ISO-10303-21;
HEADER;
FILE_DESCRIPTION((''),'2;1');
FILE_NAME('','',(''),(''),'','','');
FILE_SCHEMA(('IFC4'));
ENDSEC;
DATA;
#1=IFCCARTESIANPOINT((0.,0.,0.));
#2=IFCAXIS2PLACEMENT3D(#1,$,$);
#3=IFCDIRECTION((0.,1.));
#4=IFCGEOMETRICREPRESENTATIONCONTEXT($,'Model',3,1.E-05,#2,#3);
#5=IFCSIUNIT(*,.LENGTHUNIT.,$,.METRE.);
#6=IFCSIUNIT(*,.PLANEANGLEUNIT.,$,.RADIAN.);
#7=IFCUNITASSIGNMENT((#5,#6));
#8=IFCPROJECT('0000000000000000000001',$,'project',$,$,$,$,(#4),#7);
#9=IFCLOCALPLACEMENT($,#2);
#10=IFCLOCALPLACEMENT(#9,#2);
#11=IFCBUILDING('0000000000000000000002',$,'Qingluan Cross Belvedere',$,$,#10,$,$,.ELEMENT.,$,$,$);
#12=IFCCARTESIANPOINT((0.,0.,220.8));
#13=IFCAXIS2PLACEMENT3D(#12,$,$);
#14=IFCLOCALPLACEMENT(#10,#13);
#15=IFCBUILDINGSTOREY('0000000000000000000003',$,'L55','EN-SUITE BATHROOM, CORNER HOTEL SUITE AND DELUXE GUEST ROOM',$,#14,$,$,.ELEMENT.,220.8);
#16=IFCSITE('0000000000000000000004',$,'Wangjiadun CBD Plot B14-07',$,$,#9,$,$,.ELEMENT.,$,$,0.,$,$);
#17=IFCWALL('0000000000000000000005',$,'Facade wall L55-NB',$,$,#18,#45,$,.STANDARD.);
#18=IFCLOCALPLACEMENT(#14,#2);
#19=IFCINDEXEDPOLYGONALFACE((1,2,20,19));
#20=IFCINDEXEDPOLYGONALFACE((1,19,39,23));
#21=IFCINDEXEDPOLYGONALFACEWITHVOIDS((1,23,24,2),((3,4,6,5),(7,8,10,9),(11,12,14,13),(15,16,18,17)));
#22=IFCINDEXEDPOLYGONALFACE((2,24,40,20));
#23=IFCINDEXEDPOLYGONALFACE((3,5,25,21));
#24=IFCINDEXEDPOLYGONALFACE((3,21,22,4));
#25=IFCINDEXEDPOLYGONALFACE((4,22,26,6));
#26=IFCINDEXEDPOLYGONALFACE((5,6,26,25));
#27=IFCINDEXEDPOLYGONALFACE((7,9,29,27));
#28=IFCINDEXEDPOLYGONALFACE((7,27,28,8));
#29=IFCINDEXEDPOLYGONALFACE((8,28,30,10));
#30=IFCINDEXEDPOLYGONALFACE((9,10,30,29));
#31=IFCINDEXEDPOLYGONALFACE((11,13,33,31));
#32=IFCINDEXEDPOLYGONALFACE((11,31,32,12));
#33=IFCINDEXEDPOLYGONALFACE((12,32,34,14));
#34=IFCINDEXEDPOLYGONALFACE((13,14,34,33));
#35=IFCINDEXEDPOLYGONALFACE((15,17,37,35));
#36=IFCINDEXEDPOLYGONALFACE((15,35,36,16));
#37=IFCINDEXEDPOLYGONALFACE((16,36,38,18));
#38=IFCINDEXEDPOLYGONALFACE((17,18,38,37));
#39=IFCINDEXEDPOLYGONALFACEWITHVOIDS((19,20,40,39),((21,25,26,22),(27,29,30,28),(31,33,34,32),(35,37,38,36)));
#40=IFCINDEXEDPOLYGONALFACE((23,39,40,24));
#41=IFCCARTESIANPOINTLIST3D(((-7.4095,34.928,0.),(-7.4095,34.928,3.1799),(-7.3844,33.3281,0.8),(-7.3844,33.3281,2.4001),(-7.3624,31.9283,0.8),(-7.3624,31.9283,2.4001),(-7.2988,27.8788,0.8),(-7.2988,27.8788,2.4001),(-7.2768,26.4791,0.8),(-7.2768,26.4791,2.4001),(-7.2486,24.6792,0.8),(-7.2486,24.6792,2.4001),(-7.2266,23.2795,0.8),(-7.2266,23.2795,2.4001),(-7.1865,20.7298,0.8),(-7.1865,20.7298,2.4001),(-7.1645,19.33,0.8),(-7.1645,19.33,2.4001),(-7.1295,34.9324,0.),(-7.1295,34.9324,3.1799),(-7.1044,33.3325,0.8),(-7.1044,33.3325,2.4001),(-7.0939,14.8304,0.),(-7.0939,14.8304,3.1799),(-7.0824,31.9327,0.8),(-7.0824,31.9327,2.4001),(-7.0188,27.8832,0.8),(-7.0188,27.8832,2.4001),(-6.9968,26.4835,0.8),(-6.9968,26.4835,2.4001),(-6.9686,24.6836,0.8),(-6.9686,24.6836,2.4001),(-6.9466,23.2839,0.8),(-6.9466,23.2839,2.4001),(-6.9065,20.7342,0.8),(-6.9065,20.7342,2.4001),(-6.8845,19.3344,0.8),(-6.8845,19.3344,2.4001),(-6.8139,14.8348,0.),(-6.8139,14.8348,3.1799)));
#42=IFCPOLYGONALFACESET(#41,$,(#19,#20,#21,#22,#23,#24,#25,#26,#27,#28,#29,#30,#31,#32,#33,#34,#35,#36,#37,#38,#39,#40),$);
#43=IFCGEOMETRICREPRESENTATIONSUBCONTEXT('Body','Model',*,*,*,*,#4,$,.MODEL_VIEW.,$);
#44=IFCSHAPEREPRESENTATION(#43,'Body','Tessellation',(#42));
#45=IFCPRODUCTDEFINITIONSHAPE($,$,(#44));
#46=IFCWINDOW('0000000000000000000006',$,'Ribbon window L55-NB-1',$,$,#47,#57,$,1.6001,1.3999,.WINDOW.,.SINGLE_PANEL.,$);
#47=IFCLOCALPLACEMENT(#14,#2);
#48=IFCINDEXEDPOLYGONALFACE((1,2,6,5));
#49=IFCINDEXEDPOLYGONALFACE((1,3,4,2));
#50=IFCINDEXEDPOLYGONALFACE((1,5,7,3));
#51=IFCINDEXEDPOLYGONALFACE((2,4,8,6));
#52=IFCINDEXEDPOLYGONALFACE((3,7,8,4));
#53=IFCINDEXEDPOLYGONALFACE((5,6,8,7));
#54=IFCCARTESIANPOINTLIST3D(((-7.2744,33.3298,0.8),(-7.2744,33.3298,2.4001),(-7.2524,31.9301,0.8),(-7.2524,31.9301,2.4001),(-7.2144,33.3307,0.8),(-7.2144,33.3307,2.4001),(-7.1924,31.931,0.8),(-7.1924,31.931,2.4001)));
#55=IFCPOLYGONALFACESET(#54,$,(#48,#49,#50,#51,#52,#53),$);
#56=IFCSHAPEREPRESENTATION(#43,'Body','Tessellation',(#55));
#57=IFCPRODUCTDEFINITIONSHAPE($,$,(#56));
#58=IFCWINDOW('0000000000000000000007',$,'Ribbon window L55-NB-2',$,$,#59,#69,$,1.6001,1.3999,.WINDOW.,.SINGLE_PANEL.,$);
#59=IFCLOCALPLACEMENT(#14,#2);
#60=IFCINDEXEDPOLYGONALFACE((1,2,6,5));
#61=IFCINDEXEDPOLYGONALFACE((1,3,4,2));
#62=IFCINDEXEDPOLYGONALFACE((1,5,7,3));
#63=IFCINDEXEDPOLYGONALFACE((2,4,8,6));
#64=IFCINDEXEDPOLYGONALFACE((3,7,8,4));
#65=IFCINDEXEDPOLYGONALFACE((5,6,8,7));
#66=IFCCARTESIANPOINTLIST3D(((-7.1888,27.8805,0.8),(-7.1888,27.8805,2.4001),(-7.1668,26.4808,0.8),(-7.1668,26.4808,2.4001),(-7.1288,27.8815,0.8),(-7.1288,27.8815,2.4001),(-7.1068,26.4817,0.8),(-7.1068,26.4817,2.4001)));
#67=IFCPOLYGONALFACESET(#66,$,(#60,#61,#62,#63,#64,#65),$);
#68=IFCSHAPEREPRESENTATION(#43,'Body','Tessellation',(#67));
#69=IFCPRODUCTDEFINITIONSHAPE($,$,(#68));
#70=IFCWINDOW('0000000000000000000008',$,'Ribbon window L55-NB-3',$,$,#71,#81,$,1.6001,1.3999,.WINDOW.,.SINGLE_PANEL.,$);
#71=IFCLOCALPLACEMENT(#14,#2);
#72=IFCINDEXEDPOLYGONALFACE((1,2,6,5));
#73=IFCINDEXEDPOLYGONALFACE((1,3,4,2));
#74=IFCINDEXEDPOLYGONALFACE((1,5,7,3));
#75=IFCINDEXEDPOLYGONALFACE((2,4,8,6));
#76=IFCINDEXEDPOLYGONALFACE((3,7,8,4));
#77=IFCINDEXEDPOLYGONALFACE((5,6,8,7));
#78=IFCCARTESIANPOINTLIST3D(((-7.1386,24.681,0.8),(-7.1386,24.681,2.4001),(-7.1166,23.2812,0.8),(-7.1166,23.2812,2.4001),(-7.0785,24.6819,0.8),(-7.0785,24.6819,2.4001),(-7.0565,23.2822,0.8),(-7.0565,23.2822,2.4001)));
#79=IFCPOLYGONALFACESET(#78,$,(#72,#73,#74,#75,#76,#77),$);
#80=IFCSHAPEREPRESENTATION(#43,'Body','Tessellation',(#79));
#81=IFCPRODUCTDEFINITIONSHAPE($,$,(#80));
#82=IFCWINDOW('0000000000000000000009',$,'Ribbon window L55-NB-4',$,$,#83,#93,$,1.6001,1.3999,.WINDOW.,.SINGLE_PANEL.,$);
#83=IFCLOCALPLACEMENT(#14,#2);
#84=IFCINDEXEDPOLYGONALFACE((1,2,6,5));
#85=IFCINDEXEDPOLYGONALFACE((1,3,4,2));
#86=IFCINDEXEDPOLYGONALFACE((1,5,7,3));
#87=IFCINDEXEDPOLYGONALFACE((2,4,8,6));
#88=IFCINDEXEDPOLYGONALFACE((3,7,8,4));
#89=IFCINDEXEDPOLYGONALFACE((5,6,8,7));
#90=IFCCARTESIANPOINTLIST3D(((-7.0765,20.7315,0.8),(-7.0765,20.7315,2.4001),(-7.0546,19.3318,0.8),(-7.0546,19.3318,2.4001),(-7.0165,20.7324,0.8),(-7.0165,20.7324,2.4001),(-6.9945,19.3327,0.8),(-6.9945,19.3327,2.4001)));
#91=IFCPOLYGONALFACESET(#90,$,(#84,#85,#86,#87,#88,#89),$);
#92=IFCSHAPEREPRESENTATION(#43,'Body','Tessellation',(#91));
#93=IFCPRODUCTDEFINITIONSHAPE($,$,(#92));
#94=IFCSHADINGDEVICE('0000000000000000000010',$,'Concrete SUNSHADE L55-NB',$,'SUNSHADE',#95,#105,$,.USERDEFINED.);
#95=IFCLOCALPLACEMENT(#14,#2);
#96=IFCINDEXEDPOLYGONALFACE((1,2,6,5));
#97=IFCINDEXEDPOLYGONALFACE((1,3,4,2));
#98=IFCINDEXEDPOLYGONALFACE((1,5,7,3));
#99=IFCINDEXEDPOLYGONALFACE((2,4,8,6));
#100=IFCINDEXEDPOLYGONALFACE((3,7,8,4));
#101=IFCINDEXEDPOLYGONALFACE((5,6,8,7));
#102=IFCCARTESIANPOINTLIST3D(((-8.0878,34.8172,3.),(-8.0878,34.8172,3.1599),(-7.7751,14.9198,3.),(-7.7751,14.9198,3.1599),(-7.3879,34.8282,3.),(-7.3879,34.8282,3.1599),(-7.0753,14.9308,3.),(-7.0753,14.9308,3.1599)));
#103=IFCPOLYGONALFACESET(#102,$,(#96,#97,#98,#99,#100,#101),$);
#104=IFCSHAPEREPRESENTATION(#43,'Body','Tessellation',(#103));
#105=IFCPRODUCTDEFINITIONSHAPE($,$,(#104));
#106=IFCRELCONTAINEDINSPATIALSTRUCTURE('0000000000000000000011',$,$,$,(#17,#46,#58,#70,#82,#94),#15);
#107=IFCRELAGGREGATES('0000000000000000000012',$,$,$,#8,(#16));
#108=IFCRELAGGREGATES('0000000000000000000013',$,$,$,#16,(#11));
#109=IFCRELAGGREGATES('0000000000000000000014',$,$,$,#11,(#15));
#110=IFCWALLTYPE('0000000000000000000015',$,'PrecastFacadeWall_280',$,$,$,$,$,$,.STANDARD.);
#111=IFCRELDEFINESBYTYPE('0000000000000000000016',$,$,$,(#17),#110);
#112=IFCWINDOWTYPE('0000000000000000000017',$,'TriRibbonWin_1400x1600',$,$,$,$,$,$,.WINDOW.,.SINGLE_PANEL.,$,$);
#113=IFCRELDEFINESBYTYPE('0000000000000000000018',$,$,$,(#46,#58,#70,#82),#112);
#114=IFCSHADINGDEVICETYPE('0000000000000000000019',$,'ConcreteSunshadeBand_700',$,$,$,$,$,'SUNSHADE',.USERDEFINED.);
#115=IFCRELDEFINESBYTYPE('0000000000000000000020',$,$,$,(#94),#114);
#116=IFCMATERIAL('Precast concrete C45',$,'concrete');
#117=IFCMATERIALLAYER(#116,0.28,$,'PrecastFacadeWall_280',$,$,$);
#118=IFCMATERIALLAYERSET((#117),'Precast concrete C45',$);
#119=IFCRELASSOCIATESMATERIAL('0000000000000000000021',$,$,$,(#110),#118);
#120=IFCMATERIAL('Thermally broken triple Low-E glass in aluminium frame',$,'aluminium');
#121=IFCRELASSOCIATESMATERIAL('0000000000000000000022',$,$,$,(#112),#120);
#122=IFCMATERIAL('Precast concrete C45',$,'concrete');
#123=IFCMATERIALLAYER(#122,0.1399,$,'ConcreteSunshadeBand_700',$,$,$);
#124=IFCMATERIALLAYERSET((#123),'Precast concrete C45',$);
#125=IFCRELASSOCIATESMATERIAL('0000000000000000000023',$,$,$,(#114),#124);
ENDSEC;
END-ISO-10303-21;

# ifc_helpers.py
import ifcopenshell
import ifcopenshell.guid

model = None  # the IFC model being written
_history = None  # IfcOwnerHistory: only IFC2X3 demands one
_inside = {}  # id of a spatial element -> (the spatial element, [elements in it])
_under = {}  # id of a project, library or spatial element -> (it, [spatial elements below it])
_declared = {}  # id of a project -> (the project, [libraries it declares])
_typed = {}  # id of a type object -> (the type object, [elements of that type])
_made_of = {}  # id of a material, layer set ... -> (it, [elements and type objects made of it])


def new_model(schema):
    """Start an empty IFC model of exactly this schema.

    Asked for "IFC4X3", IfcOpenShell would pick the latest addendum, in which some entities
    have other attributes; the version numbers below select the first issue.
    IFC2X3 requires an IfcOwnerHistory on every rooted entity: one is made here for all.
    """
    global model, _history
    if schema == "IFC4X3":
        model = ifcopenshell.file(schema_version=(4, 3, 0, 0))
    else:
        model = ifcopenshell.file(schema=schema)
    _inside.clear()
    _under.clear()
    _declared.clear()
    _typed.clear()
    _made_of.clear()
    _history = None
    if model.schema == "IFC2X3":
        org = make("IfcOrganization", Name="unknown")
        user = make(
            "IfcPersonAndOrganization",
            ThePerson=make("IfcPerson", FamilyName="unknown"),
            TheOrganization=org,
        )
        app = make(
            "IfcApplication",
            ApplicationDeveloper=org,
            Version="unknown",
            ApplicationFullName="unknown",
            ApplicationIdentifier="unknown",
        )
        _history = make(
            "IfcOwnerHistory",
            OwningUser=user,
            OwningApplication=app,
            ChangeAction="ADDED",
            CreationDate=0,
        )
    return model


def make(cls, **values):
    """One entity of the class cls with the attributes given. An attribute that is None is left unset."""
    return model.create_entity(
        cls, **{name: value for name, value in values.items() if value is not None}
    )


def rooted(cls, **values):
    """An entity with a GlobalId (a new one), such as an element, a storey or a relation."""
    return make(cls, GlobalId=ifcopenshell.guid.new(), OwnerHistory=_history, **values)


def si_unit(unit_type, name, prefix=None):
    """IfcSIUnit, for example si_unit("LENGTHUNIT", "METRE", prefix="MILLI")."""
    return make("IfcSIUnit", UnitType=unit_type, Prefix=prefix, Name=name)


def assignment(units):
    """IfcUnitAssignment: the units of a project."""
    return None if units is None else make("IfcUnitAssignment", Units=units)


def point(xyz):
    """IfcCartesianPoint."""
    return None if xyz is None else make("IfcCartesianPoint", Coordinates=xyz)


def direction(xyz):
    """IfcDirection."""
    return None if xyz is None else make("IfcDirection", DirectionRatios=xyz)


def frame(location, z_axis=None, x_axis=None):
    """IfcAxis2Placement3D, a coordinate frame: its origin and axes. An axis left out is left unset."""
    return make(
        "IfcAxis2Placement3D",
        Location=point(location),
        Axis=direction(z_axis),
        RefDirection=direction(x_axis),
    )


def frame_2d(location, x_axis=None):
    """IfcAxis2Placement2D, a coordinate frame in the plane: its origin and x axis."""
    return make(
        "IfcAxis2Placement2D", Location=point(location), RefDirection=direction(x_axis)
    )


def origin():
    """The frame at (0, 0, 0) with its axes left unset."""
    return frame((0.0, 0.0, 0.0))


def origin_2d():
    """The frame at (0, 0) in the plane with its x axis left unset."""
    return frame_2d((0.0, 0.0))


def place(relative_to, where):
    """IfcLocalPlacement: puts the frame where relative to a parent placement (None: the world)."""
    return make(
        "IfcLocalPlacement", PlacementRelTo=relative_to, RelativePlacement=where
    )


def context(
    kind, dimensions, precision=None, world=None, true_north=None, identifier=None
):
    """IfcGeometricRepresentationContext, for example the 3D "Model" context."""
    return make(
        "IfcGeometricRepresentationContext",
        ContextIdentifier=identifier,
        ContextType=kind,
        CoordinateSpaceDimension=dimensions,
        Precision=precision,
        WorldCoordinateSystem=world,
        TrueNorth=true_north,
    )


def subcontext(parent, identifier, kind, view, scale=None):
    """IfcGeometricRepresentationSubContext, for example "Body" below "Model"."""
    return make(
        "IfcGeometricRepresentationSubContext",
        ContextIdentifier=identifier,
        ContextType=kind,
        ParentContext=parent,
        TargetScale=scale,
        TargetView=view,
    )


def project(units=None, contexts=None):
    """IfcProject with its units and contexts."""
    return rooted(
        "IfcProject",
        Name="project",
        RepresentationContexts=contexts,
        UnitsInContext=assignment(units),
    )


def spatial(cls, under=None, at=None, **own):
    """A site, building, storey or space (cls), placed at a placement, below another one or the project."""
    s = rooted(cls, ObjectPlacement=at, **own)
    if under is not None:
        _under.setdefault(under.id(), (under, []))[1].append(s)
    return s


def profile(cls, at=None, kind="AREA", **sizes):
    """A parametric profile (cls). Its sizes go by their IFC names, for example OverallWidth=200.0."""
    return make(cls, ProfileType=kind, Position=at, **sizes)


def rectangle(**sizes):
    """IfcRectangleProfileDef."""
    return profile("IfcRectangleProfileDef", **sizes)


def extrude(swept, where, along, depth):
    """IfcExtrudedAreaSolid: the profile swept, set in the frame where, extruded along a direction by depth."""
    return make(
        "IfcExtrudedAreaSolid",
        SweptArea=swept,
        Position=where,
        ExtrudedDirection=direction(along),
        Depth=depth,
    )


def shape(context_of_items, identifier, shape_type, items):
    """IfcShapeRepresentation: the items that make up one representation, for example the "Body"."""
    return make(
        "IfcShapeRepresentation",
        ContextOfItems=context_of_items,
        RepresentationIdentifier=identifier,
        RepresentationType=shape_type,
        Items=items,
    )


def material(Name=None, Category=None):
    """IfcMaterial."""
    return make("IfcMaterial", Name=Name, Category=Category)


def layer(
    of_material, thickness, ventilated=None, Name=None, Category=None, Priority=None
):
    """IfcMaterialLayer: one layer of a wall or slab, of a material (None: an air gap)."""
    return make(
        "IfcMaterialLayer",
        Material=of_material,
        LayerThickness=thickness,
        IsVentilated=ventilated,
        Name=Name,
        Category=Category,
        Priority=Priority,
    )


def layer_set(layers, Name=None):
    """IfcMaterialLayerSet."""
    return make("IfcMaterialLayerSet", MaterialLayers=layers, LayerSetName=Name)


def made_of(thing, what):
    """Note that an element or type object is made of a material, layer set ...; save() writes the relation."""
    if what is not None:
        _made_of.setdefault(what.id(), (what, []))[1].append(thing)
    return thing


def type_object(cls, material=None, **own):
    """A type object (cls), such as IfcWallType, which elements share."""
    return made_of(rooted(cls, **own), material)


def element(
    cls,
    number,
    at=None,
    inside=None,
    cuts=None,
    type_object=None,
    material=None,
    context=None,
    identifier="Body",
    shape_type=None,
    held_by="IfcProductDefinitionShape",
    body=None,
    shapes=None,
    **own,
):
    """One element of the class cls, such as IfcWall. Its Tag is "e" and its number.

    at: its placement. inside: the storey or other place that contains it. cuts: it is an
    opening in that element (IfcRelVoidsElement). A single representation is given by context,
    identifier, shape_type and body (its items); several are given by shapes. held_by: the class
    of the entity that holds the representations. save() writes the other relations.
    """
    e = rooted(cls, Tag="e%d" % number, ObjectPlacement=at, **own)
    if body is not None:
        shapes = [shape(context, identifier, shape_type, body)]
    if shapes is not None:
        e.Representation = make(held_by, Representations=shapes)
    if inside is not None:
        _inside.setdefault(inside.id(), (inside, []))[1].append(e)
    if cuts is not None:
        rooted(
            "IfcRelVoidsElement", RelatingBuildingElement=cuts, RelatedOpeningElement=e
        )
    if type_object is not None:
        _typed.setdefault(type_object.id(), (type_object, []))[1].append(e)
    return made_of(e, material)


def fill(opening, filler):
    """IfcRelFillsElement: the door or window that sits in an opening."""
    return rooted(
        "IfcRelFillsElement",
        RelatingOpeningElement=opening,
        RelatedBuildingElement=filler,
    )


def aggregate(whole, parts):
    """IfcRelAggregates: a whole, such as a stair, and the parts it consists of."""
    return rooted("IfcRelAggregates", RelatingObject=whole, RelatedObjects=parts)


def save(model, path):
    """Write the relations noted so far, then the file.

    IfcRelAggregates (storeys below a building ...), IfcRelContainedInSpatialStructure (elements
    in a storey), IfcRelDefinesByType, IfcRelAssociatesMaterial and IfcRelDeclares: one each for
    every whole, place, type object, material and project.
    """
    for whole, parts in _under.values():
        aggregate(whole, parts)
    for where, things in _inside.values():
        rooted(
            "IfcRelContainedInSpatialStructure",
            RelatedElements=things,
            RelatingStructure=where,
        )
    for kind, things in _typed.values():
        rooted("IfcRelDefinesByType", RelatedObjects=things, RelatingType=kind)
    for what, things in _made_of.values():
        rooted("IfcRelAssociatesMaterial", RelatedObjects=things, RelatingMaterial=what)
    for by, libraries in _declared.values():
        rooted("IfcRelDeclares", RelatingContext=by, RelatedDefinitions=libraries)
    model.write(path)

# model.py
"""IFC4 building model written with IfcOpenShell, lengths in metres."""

from ifc_helpers import new_model, si_unit, direction, frame, frame_2d, origin, origin_2d, place, context, subcontext, project, spatial, rectangle, extrude, material, layer, layer_set, type_object, element, fill, save


model = new_model("IFC4")

# Units and contexts
model_context = context("Model", 3, precision=1e-05, world=origin(), true_north=direction((0.0, 1.0)))
body_context = subcontext(model_context, "Body", "Model", "MODEL_VIEW")
ifc_project = project(units=[si_unit("LENGTHUNIT", "METRE"), si_unit("PLANEANGLEUNIT", "RADIAN")], contexts=[model_context])

# Site, building, storey
site_placement = place(None, origin())
site = spatial("IfcSite", under=ifc_project, at=site_placement, Name="Wangjiadun CBD Plot B14-07", CompositionType="ELEMENT", RefElevation=0.0)
building_placement = place(site_placement, origin())
building = spatial("IfcBuilding", under=site, at=building_placement, Name="Qingluan Cross Belvedere", CompositionType="ELEMENT")
storey_placement = place(building_placement, frame((0.0, 0.0, 220.8)))
storey = spatial("IfcBuildingStorey", under=building, at=storey_placement, Name="L55", Description="EN-SUITE BATHROOM, CORNER HOTEL SUITE AND DELUXE GUEST ROOM", CompositionType="ELEMENT", Elevation=220.8)

# Wall, openings, windows
ifc_material_1 = material(Name="Precast concrete C45", Category="concrete")
ifc_layer_1 = layer(ifc_material_1, 0.28, Name="PrecastFacadeWall_280")
ifc_layer_set_1 = layer_set([ifc_layer_1], Name="Precast concrete C45")
wall_type_1 = type_object("IfcWallType", Name="PrecastFacadeWall_280", PredefinedType="STANDARD", material=ifc_layer_set_1)
wall_1_placement = place(storey_placement, frame((-7.2695, 34.9302, 0.0), z_axis=(0.0, 0.0, 1.0), x_axis=(0.015705, -0.999877, 0.0)))
wall_1 = element("IfcWall", 1, at=wall_1_placement, inside=storey, type_object=wall_type_1, Name="Facade wall L55-NB", PredefinedType="STANDARD", context=body_context, shape_type="SweptSolid", body=[
    extrude(rectangle(XDim=20.1001, YDim=0.28, at=frame_2d((10.05, 0.0))), origin(), (0.0, 0.0, 1.0), 3.1799),
])
opening_1_placement = place(wall_1_placement, frame((1.6001, 0.0, 0.8)))
opening_1 = element("IfcOpeningElement", 2, at=opening_1_placement, cuts=wall_1, PredefinedType="OPENING", context=body_context, shape_type="SweptSolid", body=[
    extrude(rectangle(XDim=1.3999, YDim=1.6001, at=frame_2d((0.7, 0.8))), frame((0.0, 0.1499, 0.0), z_axis=(0.0, -1.0, 0.0), x_axis=(1.0, 0.0, 0.0)), (0.0, 0.0, 1.0), 0.3),
])
opening_2_placement = place(wall_1_placement, frame((7.05, 0.0, 0.8)))
opening_2 = element("IfcOpeningElement", 3, at=opening_2_placement, cuts=wall_1, PredefinedType="OPENING", context=body_context, shape_type="SweptSolid", body=[
    extrude(rectangle(XDim=1.3999, YDim=1.6001, at=frame_2d((0.7, 0.8))), frame((0.0, 0.1499, 0.0), z_axis=(0.0, -1.0, 0.0), x_axis=(1.0, 0.0, 0.0)), (0.0, 0.0, 1.0), 0.3),
])
opening_3_placement = place(wall_1_placement, frame((10.25, 0.0, 0.8)))
opening_3 = element("IfcOpeningElement", 4, at=opening_3_placement, cuts=wall_1, PredefinedType="OPENING", context=body_context, shape_type="SweptSolid", body=[
    extrude(rectangle(XDim=1.3999, YDim=1.6001, at=frame_2d((0.7, 0.8))), frame((0.0, 0.1499, 0.0), z_axis=(0.0, -1.0, 0.0), x_axis=(1.0, 0.0, 0.0)), (0.0, 0.0, 1.0), 0.3),
])
opening_4_placement = place(wall_1_placement, frame((14.2, 0.0, 0.8)))
opening_4 = element("IfcOpeningElement", 5, at=opening_4_placement, cuts=wall_1, PredefinedType="OPENING", context=body_context, shape_type="SweptSolid", body=[
    extrude(rectangle(XDim=1.3999, YDim=1.6001, at=frame_2d((0.7, 0.8))), frame((0.0, 0.1499, 0.0), z_axis=(0.0, -1.0, 0.0), x_axis=(1.0, 0.0, 0.0)), (0.0, 0.0, 1.0), 0.3),
])
ifc_material_2 = material(Name="Thermally broken triple Low-E glass in aluminium frame", Category="aluminium")
window_type = type_object("IfcWindowType", Name="TriRibbonWin_1400x1600", PartitioningType="SINGLE_PANEL", PredefinedType="WINDOW", material=ifc_material_2)
window_1_placement = place(opening_1_placement, origin())
window_1 = element("IfcWindow", 6, at=window_1_placement, inside=storey, type_object=window_type, Name="Ribbon window L55-NB-1", OverallHeight=1.6001, OverallWidth=1.3999, PartitioningType="SINGLE_PANEL", PredefinedType="WINDOW", context=body_context, shape_type="SweptSolid", body=[
    extrude(rectangle(XDim=1.3999, YDim=1.6001, at=frame_2d((0.7, 0.8))), frame((0.0, 0.03, 0.0), z_axis=(0.0, -1.0, 0.0), x_axis=(1.0, 0.0, 0.0)), (0.0, 0.0, 1.0), 0.0601),
])
fill(opening_1, window_1)
window_2_placement = place(opening_2_placement, origin())
window_2 = element("IfcWindow", 7, at=window_2_placement, inside=storey, type_object=window_type, Name="Ribbon window L55-NB-2", OverallHeight=1.6001, OverallWidth=1.3999, PartitioningType="SINGLE_PANEL", PredefinedType="WINDOW", context=body_context, shape_type="SweptSolid", body=[
    extrude(rectangle(XDim=1.3999, YDim=1.6001, at=frame_2d((0.7, 0.8))), frame((0.0, 0.03, 0.0), z_axis=(0.0, -1.0, 0.0), x_axis=(1.0, 0.0, 0.0)), (0.0, 0.0, 1.0), 0.0601),
])
fill(opening_2, window_2)
window_3_placement = place(opening_3_placement, origin())
window_3 = element("IfcWindow", 8, at=window_3_placement, inside=storey, type_object=window_type, Name="Ribbon window L55-NB-3", OverallHeight=1.6001, OverallWidth=1.3999, PartitioningType="SINGLE_PANEL", PredefinedType="WINDOW", context=body_context, shape_type="SweptSolid", body=[
    extrude(rectangle(XDim=1.3999, YDim=1.6001, at=frame_2d((0.7, 0.8))), frame((0.0, 0.03, 0.0), z_axis=(0.0, -1.0, 0.0), x_axis=(1.0, 0.0, 0.0)), (0.0, 0.0, 1.0), 0.0601),
])
fill(opening_3, window_3)
window_4_placement = place(opening_4_placement, origin())
window_4 = element("IfcWindow", 9, at=window_4_placement, inside=storey, type_object=window_type, Name="Ribbon window L55-NB-4", OverallHeight=1.6001, OverallWidth=1.3999, PartitioningType="SINGLE_PANEL", PredefinedType="WINDOW", context=body_context, shape_type="SweptSolid", body=[
    extrude(rectangle(XDim=1.3999, YDim=1.6001, at=frame_2d((0.7, 0.8))), frame((0.0, 0.03, 0.0), z_axis=(0.0, -1.0, 0.0), x_axis=(1.0, 0.0, 0.0)), (0.0, 0.0, 1.0), 0.0601),
])
fill(opening_4, window_4)

# Shading device
ifc_material_3 = material(Name="Precast concrete C45", Category="concrete")
ifc_layer_2 = layer(ifc_material_3, 0.1399, Name="ConcreteSunshadeBand_700")
ifc_layer_set_2 = layer_set([ifc_layer_2], Name="Precast concrete C45")
shading_device_type = type_object("IfcShadingDeviceType", Name="ConcreteSunshadeBand_700", ElementType="SUNSHADE", PredefinedType="USERDEFINED", material=ifc_layer_set_2)
shading_device_placement = place(storey_placement, frame((-7.5815, 24.874, 3.0), z_axis=(0.0, 0.0, 1.0), x_axis=(0.015711, -0.999877, 0.0)))
element("IfcShadingDevice", 10, at=shading_device_placement, inside=storey, type_object=shading_device_type, Name="Concrete SUNSHADE L55-NB", ObjectType="SUNSHADE", PredefinedType="USERDEFINED", context=body_context, shape_type="SweptSolid", body=[
    extrude(rectangle(XDim=19.8999, YDim=0.7, at=origin_2d()), origin(), (0.0, 0.0, 1.0), 0.1599),
])

save(model, "model.ifc")
